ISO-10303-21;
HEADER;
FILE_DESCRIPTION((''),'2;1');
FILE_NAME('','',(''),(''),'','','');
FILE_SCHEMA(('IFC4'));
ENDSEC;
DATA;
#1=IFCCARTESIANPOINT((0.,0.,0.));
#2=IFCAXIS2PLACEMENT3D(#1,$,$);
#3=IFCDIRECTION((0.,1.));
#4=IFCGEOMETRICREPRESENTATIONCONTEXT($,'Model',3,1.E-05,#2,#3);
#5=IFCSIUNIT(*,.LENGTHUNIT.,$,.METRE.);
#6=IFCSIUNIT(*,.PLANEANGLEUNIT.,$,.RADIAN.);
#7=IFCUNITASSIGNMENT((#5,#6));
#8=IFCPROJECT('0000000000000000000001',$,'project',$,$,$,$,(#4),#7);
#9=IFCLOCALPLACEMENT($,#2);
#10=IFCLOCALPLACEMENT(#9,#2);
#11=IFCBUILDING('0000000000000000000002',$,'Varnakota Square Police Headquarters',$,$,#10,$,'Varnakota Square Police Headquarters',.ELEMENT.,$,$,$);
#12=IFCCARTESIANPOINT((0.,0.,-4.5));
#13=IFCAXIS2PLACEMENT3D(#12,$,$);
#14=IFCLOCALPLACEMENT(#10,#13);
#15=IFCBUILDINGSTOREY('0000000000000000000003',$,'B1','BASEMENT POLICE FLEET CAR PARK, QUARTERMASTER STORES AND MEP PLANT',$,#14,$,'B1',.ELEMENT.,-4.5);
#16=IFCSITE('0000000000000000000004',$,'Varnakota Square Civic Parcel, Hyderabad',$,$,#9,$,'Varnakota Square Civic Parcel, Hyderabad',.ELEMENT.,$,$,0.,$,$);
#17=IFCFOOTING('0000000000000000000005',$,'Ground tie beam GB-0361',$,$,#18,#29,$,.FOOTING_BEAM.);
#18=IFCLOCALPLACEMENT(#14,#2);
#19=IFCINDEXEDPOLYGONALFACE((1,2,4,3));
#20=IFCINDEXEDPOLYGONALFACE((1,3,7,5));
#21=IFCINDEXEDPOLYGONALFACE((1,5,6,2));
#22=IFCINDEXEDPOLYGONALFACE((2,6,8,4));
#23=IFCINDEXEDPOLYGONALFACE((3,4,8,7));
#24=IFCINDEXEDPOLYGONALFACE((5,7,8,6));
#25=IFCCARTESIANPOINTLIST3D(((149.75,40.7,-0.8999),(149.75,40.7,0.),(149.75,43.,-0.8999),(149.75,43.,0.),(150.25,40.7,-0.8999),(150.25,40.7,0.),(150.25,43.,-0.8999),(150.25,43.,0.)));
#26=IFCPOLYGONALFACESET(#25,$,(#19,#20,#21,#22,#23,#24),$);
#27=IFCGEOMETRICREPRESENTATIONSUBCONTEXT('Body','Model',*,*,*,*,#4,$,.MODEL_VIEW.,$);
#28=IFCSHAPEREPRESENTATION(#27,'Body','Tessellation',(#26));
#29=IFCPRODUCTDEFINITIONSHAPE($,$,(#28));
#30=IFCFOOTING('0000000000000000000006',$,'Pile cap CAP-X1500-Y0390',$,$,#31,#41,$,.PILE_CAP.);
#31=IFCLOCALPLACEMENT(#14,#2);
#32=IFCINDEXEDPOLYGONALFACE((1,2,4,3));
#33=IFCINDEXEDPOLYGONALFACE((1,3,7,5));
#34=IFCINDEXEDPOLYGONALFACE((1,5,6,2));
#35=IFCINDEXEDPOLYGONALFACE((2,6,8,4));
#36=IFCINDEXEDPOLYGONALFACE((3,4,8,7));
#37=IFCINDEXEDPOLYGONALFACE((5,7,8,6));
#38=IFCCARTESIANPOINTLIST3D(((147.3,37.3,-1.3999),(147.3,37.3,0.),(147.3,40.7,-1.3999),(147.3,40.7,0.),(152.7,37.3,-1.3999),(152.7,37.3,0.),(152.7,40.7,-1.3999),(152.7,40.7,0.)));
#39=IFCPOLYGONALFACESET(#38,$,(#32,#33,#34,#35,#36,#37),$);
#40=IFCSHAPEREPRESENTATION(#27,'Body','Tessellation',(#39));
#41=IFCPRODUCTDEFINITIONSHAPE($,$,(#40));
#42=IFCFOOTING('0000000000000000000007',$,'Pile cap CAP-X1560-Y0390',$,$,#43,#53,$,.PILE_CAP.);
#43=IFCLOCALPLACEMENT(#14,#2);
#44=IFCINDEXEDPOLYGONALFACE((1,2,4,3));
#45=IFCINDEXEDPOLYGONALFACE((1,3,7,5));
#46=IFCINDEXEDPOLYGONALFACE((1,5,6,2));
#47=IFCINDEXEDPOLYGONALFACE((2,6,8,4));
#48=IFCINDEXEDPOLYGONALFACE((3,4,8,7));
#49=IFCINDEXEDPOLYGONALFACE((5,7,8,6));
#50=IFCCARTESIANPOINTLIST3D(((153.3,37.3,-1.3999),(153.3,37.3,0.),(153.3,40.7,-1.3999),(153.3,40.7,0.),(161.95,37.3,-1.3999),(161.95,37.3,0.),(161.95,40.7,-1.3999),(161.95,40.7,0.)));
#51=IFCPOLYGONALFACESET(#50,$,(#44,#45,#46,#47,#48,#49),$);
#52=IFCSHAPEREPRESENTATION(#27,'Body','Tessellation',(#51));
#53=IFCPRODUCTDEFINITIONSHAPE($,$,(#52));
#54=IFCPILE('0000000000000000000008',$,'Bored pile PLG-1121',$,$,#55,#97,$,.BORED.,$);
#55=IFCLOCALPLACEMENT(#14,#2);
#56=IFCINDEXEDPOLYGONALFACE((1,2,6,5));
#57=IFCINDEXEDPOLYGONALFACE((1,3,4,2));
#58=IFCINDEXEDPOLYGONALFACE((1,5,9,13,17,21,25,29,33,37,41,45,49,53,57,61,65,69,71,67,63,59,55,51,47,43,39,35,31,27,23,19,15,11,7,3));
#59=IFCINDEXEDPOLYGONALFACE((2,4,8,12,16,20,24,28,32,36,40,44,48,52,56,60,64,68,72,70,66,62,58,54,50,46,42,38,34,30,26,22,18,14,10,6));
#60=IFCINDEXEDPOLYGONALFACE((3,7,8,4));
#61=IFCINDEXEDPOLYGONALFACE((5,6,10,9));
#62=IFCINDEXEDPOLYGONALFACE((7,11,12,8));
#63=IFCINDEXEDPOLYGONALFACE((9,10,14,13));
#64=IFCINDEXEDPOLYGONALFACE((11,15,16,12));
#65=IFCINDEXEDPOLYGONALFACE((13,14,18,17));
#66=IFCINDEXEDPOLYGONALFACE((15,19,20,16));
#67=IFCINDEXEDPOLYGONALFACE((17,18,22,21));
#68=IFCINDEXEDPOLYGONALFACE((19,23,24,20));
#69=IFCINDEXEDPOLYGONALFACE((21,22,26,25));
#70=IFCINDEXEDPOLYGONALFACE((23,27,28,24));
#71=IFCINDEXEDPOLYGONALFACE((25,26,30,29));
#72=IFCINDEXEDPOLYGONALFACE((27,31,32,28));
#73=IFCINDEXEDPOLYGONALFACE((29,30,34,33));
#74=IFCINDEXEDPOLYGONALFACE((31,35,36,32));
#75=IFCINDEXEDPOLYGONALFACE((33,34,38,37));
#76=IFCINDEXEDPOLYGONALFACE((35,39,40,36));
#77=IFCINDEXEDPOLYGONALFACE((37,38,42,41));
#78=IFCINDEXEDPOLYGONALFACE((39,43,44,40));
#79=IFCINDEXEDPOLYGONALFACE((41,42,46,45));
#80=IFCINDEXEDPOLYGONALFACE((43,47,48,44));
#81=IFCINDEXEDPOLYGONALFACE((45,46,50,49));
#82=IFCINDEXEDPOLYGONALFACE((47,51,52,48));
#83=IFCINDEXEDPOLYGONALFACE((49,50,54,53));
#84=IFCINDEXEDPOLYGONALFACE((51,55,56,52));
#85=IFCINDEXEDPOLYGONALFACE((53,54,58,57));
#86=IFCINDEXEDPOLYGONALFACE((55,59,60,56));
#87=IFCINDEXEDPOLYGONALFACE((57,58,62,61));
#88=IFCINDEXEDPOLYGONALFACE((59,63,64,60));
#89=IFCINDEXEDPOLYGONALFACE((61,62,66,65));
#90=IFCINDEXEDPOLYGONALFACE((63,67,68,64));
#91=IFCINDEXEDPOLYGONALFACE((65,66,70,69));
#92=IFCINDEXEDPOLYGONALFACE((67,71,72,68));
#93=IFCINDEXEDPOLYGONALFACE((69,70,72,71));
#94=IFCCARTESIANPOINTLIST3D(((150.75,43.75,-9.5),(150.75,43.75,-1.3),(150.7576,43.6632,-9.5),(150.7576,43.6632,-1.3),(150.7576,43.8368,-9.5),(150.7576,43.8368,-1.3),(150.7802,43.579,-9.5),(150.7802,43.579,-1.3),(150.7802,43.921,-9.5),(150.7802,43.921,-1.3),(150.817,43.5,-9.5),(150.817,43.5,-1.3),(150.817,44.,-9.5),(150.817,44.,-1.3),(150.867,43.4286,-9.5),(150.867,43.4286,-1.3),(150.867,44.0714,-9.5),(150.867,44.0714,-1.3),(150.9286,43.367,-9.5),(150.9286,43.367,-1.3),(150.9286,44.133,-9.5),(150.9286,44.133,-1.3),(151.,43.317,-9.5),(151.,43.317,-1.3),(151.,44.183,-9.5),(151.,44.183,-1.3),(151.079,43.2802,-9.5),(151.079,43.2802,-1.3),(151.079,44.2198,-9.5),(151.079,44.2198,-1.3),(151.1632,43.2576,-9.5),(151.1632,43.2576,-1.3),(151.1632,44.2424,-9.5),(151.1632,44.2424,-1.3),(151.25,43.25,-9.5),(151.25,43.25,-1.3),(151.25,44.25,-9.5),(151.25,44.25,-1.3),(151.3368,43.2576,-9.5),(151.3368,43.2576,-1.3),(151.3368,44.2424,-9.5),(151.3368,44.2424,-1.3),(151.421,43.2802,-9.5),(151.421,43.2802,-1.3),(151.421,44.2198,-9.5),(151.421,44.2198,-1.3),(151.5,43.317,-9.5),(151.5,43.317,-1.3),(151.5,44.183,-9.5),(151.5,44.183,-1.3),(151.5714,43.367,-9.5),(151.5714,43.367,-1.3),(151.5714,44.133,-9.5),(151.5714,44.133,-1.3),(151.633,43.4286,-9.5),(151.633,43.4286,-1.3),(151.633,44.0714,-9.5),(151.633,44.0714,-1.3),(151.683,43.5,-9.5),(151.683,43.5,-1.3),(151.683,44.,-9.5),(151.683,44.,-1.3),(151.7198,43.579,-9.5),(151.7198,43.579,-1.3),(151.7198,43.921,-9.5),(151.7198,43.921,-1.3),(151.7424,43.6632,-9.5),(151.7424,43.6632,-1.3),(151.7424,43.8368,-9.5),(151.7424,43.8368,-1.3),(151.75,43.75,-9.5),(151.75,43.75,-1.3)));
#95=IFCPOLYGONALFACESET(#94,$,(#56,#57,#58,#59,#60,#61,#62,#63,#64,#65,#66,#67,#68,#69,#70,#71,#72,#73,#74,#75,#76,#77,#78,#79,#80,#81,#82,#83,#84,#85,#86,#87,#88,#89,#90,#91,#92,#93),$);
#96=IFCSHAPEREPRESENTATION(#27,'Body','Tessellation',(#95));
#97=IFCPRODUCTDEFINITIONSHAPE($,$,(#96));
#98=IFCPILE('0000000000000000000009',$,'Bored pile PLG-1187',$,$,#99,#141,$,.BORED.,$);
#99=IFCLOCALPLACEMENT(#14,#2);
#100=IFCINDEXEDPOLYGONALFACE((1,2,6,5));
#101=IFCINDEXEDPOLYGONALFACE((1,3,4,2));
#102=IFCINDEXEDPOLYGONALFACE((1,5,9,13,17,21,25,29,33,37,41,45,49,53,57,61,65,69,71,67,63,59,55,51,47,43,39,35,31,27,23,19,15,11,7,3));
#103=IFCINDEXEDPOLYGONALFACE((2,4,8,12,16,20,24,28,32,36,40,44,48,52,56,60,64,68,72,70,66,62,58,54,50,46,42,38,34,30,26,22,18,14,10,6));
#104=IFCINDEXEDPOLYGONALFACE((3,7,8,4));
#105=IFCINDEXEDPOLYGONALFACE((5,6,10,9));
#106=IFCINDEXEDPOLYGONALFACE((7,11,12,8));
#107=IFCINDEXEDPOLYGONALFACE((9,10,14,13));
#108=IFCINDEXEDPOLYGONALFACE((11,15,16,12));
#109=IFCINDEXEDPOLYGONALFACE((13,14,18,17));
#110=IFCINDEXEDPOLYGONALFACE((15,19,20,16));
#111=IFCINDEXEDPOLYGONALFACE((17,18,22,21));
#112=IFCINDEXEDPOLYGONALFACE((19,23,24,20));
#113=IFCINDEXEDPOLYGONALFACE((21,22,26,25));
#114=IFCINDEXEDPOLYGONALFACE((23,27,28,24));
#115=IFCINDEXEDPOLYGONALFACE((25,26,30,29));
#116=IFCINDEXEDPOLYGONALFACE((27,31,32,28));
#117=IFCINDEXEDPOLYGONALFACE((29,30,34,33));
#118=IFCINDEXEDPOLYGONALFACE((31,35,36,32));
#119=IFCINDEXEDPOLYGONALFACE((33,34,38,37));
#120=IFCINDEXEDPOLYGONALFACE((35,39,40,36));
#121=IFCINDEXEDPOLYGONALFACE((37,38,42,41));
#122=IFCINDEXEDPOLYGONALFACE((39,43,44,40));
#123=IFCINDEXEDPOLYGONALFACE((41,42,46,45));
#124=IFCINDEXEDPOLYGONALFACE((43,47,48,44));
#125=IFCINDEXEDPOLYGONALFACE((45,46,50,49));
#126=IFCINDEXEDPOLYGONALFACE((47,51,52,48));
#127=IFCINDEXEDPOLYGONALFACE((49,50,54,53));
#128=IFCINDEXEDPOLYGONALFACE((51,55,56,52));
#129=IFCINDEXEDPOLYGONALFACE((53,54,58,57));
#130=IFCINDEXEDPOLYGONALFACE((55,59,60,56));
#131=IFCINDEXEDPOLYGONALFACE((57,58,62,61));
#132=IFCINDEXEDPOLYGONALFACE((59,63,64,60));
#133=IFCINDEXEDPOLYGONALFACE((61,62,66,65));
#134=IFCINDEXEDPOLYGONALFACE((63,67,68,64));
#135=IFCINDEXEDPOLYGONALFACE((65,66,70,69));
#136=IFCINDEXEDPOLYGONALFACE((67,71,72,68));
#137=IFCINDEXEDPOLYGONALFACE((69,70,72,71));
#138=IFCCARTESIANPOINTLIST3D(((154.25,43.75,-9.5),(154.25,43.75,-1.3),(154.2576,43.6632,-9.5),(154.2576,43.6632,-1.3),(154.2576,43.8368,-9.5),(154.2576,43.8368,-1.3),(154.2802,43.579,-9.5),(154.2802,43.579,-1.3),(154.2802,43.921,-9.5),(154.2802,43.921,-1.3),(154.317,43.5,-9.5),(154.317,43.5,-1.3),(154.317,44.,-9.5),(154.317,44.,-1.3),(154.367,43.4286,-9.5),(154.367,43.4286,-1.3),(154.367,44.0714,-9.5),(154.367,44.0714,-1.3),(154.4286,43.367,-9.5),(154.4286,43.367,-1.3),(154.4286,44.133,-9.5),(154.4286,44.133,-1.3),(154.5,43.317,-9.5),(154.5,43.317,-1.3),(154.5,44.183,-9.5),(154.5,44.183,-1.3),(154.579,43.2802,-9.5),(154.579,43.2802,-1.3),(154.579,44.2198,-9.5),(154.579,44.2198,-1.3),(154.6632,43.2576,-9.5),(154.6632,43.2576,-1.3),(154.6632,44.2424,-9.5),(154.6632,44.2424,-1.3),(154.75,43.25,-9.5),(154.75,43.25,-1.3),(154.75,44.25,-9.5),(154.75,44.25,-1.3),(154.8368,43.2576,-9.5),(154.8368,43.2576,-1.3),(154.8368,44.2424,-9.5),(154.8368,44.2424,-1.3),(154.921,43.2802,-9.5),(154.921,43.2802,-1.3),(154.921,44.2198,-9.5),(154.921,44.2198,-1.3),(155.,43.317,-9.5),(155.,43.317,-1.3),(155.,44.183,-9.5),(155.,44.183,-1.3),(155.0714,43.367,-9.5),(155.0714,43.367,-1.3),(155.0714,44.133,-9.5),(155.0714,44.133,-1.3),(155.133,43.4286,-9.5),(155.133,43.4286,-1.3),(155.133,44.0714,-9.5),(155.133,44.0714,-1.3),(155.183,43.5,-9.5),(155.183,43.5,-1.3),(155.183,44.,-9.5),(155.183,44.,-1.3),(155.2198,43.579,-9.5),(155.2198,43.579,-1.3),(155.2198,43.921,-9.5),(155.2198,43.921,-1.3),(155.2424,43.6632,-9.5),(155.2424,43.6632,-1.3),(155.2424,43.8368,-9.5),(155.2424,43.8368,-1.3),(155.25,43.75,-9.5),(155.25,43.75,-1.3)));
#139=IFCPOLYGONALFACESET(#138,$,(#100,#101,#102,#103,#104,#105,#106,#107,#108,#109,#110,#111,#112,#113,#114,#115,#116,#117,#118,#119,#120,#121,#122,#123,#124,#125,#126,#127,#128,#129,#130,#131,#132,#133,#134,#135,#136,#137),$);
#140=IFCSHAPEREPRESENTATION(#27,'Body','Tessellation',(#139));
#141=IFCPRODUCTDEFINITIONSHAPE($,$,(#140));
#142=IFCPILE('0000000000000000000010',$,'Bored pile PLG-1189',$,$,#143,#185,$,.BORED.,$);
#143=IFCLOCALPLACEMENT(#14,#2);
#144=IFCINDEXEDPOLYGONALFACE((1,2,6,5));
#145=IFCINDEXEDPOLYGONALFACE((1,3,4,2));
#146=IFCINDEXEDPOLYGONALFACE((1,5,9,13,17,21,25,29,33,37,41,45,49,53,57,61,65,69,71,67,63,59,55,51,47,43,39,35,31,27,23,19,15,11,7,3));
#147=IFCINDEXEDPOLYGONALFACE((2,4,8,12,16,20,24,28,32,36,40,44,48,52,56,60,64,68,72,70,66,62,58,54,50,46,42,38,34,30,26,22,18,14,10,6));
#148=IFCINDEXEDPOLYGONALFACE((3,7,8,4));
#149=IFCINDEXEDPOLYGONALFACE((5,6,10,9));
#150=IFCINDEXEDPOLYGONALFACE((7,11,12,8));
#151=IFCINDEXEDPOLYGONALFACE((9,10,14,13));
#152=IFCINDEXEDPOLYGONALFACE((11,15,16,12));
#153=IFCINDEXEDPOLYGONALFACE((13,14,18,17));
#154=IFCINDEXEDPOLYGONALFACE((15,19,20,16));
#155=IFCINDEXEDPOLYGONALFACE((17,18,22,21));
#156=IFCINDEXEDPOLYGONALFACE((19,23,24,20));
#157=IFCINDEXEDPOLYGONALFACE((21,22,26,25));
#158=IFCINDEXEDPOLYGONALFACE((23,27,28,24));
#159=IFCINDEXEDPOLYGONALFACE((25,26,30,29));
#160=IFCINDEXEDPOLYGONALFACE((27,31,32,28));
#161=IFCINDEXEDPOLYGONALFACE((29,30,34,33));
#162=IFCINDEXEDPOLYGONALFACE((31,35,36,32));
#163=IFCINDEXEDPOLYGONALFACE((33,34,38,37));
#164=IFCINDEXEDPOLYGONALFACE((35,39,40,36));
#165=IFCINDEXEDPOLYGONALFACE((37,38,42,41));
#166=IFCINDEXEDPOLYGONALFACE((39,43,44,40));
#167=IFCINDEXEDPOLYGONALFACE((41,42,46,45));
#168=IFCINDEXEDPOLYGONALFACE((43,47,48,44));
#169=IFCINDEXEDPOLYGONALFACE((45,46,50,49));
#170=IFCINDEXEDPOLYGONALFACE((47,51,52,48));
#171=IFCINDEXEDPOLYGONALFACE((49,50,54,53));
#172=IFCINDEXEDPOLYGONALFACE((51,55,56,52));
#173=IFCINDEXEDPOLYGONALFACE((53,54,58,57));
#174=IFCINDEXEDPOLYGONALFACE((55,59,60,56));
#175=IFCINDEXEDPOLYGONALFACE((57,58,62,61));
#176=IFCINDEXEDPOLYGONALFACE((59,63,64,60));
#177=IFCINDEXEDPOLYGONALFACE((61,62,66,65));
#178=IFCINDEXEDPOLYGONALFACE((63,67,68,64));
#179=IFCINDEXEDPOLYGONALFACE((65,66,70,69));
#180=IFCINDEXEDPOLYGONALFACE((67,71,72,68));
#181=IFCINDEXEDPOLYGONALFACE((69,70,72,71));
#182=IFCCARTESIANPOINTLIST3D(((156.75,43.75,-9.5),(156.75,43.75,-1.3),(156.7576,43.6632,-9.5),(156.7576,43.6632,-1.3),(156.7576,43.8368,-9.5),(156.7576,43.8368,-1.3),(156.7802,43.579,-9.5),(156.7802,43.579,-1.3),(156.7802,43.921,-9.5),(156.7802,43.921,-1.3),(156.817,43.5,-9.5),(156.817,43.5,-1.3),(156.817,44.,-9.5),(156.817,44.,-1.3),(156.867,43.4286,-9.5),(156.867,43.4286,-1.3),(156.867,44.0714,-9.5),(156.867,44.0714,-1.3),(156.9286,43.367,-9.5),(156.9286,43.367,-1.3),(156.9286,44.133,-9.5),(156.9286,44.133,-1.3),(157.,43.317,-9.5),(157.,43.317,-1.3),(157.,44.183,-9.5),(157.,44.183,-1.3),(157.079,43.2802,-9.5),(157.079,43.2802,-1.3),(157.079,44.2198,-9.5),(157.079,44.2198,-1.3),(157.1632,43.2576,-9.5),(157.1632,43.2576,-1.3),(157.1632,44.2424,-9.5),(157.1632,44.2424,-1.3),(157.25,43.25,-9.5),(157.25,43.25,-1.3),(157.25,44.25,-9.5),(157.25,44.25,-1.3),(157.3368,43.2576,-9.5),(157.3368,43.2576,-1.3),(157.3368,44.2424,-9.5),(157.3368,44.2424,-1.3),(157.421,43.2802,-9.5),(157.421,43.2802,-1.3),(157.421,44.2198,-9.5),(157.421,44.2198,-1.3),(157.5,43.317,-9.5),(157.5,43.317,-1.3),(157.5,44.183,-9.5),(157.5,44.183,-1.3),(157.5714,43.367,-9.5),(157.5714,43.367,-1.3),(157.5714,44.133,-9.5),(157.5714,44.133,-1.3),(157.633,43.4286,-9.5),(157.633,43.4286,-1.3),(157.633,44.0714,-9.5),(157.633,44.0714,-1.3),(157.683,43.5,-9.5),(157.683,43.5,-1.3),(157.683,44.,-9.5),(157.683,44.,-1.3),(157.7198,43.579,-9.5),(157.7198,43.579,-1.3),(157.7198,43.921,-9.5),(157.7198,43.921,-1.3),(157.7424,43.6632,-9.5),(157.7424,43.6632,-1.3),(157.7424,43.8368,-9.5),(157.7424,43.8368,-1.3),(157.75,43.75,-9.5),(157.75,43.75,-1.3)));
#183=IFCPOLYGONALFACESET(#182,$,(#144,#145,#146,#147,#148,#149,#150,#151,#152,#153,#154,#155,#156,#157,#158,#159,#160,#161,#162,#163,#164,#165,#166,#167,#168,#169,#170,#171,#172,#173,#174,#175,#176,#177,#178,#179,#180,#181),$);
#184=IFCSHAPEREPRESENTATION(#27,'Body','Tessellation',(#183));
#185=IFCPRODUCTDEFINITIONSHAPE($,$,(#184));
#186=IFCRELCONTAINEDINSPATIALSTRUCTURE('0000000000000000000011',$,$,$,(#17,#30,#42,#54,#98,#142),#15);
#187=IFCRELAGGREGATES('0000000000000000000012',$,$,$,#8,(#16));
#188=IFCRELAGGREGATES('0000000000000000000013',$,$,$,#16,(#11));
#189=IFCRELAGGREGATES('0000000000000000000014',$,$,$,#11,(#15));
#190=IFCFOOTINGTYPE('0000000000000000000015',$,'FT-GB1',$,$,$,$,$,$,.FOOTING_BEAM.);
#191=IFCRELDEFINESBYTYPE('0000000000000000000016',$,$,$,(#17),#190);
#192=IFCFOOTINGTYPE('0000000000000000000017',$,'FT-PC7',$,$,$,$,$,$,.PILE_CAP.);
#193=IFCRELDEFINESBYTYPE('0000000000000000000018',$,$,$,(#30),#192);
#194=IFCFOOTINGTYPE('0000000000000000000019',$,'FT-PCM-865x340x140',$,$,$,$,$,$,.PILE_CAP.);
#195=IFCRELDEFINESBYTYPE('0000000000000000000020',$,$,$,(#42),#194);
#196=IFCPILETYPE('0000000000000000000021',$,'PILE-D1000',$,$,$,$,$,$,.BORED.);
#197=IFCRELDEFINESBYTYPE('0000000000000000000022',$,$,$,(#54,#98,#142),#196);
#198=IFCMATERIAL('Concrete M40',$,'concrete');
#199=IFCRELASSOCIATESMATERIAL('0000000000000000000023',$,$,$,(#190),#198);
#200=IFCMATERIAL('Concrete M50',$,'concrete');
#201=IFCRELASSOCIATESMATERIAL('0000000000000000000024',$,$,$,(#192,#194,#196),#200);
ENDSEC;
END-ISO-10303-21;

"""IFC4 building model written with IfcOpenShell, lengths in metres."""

from ifc_helpers import new_model, si_unit, direction, frame, origin, origin_2d, place, context, subcontext, project, spatial, rectangle, circle, extrude, material, material_profile, profile_set, type_object, element, save


model = new_model("IFC4")

# Units and contexts
model_context = context("Model", 3, precision=1e-05, world=origin(), true_north=direction((0.0, 1.0)))
body_context = subcontext(model_context, "Body", "Model", "MODEL_VIEW")
ifc_project = project(units=[si_unit("LENGTHUNIT", "METRE"), si_unit("PLANEANGLEUNIT", "RADIAN")], contexts=[model_context])

# Site, building, storey
site_placement = place(None, origin())
site = spatial("IfcSite", under=ifc_project, at=site_placement, Name="Varnakota Square Civic Parcel, Hyderabad", LongName="Varnakota Square Civic Parcel, Hyderabad", CompositionType="ELEMENT", RefElevation=0.0)
building_placement = place(site_placement, origin())
building = spatial("IfcBuilding", under=site, at=building_placement, Name="Varnakota Square Police Headquarters", LongName="Varnakota Square Police Headquarters", CompositionType="ELEMENT")
storey_placement = place(building_placement, frame((0.0, 0.0, -4.5)))
storey = spatial("IfcBuildingStorey", under=building, at=storey_placement, Name="B1", Description="BASEMENT POLICE FLEET CAR PARK, QUARTERMASTER STORES AND MEP PLANT", LongName="B1", CompositionType="ELEMENT", Elevation=-4.5)

# Footings
ifc_material_1 = material(Name="Concrete M40", Category="concrete")
ifc_material_profile_1 = material_profile(ifc_material_1, rectangle(XDim=0.5, YDim=0.8999, at=origin_2d()), Name="GB 500x900")
ifc_profile_set_1 = profile_set([ifc_material_profile_1], Name="Concrete M40")
footing_type_1 = type_object("IfcFootingType", Name="FT-GB1", PredefinedType="FOOTING_BEAM", material=ifc_profile_set_1)
footing_1_placement = place(storey_placement, frame((150.0, 40.7, -0.45), z_axis=(0.0, 1.0, 0.0), x_axis=(-1.0, 0.0, 0.0)))
element("IfcFooting", 1, at=footing_1_placement, inside=storey, type_object=footing_type_1, Name="Ground tie beam GB-0361", PredefinedType="FOOTING_BEAM", context=body_context, shape_type="SweptSolid", body=[
    extrude(rectangle(XDim=0.5, YDim=0.8999, at=origin_2d()), origin(), (0.0, 0.0, 1.0), 2.3),
])
ifc_material_2 = material(Name="Concrete M50", Category="concrete")
footing_type_2 = type_object("IfcFootingType", Name="FT-PC7", PredefinedType="PILE_CAP", material=ifc_material_2)
footing_2_placement = place(storey_placement, frame((150.0, 39.0, -1.3999), z_axis=(0.0, 0.0, 1.0), x_axis=(1.0, 0.0, 0.0)))
element("IfcFooting", 2, at=footing_2_placement, inside=storey, type_object=footing_type_2, Name="Pile cap CAP-X1500-Y0390", PredefinedType="PILE_CAP", context=body_context, shape_type="SweptSolid", body=[
    extrude(rectangle(XDim=5.3999, YDim=3.3999, at=origin_2d()), origin(), (0.0, 0.0, 1.0), 1.3999),
])
footing_type_3 = type_object("IfcFootingType", Name="FT-PCM-865x340x140", PredefinedType="PILE_CAP", material=ifc_material_2)
footing_3_placement = place(storey_placement, frame((157.625, 39.0, -1.3999), z_axis=(0.0, 0.0, 1.0), x_axis=(1.0, 0.0, 0.0)))
element("IfcFooting", 3, at=footing_3_placement, inside=storey, type_object=footing_type_3, Name="Pile cap CAP-X1560-Y0390", PredefinedType="PILE_CAP", context=body_context, shape_type="SweptSolid", body=[
    extrude(rectangle(XDim=8.6499, YDim=3.3999, at=origin_2d()), origin(), (0.0, 0.0, 1.0), 1.3999),
])

# Piles
ifc_material_profile_2 = material_profile(ifc_material_2, circle(Radius=0.5, at=origin_2d()), Name="BORED PILE 1000")
ifc_profile_set_2 = profile_set([ifc_material_profile_2], Name="Concrete M50")
pile_type_1 = type_object("IfcPileType", Name="PILE-D1000", PredefinedType="BORED", material=ifc_profile_set_2)
for number, where, z_axis, x_axis, name in (
    (4, (151.25, 43.75, -1.3), (0.0, 0.0, -1.0), (1.0, 0.0, 0.0), "Bored pile PLG-1121"),
    (5, (154.75, 43.75, -1.3), (0.0, 0.0, -1.0), (1.0, 0.0, 0.0), "Bored pile PLG-1187"),
    (6, (157.25, 43.75, -1.3), (0.0, 0.0, -1.0), (1.0, 0.0, 0.0), "Bored pile PLG-1189"),
):
    element("IfcPile", number, at=place(storey_placement, frame(where, z_axis=z_axis, x_axis=x_axis)), inside=storey, type_object=pile_type_1, Name=name, PredefinedType="BORED", context=body_context, shape_type="SweptSolid", body=[
        extrude(circle(Radius=0.5, at=origin_2d()), origin(), (0.0, 0.0, 1.0), 8.2),
    ])

save(model, "model.ifc")
